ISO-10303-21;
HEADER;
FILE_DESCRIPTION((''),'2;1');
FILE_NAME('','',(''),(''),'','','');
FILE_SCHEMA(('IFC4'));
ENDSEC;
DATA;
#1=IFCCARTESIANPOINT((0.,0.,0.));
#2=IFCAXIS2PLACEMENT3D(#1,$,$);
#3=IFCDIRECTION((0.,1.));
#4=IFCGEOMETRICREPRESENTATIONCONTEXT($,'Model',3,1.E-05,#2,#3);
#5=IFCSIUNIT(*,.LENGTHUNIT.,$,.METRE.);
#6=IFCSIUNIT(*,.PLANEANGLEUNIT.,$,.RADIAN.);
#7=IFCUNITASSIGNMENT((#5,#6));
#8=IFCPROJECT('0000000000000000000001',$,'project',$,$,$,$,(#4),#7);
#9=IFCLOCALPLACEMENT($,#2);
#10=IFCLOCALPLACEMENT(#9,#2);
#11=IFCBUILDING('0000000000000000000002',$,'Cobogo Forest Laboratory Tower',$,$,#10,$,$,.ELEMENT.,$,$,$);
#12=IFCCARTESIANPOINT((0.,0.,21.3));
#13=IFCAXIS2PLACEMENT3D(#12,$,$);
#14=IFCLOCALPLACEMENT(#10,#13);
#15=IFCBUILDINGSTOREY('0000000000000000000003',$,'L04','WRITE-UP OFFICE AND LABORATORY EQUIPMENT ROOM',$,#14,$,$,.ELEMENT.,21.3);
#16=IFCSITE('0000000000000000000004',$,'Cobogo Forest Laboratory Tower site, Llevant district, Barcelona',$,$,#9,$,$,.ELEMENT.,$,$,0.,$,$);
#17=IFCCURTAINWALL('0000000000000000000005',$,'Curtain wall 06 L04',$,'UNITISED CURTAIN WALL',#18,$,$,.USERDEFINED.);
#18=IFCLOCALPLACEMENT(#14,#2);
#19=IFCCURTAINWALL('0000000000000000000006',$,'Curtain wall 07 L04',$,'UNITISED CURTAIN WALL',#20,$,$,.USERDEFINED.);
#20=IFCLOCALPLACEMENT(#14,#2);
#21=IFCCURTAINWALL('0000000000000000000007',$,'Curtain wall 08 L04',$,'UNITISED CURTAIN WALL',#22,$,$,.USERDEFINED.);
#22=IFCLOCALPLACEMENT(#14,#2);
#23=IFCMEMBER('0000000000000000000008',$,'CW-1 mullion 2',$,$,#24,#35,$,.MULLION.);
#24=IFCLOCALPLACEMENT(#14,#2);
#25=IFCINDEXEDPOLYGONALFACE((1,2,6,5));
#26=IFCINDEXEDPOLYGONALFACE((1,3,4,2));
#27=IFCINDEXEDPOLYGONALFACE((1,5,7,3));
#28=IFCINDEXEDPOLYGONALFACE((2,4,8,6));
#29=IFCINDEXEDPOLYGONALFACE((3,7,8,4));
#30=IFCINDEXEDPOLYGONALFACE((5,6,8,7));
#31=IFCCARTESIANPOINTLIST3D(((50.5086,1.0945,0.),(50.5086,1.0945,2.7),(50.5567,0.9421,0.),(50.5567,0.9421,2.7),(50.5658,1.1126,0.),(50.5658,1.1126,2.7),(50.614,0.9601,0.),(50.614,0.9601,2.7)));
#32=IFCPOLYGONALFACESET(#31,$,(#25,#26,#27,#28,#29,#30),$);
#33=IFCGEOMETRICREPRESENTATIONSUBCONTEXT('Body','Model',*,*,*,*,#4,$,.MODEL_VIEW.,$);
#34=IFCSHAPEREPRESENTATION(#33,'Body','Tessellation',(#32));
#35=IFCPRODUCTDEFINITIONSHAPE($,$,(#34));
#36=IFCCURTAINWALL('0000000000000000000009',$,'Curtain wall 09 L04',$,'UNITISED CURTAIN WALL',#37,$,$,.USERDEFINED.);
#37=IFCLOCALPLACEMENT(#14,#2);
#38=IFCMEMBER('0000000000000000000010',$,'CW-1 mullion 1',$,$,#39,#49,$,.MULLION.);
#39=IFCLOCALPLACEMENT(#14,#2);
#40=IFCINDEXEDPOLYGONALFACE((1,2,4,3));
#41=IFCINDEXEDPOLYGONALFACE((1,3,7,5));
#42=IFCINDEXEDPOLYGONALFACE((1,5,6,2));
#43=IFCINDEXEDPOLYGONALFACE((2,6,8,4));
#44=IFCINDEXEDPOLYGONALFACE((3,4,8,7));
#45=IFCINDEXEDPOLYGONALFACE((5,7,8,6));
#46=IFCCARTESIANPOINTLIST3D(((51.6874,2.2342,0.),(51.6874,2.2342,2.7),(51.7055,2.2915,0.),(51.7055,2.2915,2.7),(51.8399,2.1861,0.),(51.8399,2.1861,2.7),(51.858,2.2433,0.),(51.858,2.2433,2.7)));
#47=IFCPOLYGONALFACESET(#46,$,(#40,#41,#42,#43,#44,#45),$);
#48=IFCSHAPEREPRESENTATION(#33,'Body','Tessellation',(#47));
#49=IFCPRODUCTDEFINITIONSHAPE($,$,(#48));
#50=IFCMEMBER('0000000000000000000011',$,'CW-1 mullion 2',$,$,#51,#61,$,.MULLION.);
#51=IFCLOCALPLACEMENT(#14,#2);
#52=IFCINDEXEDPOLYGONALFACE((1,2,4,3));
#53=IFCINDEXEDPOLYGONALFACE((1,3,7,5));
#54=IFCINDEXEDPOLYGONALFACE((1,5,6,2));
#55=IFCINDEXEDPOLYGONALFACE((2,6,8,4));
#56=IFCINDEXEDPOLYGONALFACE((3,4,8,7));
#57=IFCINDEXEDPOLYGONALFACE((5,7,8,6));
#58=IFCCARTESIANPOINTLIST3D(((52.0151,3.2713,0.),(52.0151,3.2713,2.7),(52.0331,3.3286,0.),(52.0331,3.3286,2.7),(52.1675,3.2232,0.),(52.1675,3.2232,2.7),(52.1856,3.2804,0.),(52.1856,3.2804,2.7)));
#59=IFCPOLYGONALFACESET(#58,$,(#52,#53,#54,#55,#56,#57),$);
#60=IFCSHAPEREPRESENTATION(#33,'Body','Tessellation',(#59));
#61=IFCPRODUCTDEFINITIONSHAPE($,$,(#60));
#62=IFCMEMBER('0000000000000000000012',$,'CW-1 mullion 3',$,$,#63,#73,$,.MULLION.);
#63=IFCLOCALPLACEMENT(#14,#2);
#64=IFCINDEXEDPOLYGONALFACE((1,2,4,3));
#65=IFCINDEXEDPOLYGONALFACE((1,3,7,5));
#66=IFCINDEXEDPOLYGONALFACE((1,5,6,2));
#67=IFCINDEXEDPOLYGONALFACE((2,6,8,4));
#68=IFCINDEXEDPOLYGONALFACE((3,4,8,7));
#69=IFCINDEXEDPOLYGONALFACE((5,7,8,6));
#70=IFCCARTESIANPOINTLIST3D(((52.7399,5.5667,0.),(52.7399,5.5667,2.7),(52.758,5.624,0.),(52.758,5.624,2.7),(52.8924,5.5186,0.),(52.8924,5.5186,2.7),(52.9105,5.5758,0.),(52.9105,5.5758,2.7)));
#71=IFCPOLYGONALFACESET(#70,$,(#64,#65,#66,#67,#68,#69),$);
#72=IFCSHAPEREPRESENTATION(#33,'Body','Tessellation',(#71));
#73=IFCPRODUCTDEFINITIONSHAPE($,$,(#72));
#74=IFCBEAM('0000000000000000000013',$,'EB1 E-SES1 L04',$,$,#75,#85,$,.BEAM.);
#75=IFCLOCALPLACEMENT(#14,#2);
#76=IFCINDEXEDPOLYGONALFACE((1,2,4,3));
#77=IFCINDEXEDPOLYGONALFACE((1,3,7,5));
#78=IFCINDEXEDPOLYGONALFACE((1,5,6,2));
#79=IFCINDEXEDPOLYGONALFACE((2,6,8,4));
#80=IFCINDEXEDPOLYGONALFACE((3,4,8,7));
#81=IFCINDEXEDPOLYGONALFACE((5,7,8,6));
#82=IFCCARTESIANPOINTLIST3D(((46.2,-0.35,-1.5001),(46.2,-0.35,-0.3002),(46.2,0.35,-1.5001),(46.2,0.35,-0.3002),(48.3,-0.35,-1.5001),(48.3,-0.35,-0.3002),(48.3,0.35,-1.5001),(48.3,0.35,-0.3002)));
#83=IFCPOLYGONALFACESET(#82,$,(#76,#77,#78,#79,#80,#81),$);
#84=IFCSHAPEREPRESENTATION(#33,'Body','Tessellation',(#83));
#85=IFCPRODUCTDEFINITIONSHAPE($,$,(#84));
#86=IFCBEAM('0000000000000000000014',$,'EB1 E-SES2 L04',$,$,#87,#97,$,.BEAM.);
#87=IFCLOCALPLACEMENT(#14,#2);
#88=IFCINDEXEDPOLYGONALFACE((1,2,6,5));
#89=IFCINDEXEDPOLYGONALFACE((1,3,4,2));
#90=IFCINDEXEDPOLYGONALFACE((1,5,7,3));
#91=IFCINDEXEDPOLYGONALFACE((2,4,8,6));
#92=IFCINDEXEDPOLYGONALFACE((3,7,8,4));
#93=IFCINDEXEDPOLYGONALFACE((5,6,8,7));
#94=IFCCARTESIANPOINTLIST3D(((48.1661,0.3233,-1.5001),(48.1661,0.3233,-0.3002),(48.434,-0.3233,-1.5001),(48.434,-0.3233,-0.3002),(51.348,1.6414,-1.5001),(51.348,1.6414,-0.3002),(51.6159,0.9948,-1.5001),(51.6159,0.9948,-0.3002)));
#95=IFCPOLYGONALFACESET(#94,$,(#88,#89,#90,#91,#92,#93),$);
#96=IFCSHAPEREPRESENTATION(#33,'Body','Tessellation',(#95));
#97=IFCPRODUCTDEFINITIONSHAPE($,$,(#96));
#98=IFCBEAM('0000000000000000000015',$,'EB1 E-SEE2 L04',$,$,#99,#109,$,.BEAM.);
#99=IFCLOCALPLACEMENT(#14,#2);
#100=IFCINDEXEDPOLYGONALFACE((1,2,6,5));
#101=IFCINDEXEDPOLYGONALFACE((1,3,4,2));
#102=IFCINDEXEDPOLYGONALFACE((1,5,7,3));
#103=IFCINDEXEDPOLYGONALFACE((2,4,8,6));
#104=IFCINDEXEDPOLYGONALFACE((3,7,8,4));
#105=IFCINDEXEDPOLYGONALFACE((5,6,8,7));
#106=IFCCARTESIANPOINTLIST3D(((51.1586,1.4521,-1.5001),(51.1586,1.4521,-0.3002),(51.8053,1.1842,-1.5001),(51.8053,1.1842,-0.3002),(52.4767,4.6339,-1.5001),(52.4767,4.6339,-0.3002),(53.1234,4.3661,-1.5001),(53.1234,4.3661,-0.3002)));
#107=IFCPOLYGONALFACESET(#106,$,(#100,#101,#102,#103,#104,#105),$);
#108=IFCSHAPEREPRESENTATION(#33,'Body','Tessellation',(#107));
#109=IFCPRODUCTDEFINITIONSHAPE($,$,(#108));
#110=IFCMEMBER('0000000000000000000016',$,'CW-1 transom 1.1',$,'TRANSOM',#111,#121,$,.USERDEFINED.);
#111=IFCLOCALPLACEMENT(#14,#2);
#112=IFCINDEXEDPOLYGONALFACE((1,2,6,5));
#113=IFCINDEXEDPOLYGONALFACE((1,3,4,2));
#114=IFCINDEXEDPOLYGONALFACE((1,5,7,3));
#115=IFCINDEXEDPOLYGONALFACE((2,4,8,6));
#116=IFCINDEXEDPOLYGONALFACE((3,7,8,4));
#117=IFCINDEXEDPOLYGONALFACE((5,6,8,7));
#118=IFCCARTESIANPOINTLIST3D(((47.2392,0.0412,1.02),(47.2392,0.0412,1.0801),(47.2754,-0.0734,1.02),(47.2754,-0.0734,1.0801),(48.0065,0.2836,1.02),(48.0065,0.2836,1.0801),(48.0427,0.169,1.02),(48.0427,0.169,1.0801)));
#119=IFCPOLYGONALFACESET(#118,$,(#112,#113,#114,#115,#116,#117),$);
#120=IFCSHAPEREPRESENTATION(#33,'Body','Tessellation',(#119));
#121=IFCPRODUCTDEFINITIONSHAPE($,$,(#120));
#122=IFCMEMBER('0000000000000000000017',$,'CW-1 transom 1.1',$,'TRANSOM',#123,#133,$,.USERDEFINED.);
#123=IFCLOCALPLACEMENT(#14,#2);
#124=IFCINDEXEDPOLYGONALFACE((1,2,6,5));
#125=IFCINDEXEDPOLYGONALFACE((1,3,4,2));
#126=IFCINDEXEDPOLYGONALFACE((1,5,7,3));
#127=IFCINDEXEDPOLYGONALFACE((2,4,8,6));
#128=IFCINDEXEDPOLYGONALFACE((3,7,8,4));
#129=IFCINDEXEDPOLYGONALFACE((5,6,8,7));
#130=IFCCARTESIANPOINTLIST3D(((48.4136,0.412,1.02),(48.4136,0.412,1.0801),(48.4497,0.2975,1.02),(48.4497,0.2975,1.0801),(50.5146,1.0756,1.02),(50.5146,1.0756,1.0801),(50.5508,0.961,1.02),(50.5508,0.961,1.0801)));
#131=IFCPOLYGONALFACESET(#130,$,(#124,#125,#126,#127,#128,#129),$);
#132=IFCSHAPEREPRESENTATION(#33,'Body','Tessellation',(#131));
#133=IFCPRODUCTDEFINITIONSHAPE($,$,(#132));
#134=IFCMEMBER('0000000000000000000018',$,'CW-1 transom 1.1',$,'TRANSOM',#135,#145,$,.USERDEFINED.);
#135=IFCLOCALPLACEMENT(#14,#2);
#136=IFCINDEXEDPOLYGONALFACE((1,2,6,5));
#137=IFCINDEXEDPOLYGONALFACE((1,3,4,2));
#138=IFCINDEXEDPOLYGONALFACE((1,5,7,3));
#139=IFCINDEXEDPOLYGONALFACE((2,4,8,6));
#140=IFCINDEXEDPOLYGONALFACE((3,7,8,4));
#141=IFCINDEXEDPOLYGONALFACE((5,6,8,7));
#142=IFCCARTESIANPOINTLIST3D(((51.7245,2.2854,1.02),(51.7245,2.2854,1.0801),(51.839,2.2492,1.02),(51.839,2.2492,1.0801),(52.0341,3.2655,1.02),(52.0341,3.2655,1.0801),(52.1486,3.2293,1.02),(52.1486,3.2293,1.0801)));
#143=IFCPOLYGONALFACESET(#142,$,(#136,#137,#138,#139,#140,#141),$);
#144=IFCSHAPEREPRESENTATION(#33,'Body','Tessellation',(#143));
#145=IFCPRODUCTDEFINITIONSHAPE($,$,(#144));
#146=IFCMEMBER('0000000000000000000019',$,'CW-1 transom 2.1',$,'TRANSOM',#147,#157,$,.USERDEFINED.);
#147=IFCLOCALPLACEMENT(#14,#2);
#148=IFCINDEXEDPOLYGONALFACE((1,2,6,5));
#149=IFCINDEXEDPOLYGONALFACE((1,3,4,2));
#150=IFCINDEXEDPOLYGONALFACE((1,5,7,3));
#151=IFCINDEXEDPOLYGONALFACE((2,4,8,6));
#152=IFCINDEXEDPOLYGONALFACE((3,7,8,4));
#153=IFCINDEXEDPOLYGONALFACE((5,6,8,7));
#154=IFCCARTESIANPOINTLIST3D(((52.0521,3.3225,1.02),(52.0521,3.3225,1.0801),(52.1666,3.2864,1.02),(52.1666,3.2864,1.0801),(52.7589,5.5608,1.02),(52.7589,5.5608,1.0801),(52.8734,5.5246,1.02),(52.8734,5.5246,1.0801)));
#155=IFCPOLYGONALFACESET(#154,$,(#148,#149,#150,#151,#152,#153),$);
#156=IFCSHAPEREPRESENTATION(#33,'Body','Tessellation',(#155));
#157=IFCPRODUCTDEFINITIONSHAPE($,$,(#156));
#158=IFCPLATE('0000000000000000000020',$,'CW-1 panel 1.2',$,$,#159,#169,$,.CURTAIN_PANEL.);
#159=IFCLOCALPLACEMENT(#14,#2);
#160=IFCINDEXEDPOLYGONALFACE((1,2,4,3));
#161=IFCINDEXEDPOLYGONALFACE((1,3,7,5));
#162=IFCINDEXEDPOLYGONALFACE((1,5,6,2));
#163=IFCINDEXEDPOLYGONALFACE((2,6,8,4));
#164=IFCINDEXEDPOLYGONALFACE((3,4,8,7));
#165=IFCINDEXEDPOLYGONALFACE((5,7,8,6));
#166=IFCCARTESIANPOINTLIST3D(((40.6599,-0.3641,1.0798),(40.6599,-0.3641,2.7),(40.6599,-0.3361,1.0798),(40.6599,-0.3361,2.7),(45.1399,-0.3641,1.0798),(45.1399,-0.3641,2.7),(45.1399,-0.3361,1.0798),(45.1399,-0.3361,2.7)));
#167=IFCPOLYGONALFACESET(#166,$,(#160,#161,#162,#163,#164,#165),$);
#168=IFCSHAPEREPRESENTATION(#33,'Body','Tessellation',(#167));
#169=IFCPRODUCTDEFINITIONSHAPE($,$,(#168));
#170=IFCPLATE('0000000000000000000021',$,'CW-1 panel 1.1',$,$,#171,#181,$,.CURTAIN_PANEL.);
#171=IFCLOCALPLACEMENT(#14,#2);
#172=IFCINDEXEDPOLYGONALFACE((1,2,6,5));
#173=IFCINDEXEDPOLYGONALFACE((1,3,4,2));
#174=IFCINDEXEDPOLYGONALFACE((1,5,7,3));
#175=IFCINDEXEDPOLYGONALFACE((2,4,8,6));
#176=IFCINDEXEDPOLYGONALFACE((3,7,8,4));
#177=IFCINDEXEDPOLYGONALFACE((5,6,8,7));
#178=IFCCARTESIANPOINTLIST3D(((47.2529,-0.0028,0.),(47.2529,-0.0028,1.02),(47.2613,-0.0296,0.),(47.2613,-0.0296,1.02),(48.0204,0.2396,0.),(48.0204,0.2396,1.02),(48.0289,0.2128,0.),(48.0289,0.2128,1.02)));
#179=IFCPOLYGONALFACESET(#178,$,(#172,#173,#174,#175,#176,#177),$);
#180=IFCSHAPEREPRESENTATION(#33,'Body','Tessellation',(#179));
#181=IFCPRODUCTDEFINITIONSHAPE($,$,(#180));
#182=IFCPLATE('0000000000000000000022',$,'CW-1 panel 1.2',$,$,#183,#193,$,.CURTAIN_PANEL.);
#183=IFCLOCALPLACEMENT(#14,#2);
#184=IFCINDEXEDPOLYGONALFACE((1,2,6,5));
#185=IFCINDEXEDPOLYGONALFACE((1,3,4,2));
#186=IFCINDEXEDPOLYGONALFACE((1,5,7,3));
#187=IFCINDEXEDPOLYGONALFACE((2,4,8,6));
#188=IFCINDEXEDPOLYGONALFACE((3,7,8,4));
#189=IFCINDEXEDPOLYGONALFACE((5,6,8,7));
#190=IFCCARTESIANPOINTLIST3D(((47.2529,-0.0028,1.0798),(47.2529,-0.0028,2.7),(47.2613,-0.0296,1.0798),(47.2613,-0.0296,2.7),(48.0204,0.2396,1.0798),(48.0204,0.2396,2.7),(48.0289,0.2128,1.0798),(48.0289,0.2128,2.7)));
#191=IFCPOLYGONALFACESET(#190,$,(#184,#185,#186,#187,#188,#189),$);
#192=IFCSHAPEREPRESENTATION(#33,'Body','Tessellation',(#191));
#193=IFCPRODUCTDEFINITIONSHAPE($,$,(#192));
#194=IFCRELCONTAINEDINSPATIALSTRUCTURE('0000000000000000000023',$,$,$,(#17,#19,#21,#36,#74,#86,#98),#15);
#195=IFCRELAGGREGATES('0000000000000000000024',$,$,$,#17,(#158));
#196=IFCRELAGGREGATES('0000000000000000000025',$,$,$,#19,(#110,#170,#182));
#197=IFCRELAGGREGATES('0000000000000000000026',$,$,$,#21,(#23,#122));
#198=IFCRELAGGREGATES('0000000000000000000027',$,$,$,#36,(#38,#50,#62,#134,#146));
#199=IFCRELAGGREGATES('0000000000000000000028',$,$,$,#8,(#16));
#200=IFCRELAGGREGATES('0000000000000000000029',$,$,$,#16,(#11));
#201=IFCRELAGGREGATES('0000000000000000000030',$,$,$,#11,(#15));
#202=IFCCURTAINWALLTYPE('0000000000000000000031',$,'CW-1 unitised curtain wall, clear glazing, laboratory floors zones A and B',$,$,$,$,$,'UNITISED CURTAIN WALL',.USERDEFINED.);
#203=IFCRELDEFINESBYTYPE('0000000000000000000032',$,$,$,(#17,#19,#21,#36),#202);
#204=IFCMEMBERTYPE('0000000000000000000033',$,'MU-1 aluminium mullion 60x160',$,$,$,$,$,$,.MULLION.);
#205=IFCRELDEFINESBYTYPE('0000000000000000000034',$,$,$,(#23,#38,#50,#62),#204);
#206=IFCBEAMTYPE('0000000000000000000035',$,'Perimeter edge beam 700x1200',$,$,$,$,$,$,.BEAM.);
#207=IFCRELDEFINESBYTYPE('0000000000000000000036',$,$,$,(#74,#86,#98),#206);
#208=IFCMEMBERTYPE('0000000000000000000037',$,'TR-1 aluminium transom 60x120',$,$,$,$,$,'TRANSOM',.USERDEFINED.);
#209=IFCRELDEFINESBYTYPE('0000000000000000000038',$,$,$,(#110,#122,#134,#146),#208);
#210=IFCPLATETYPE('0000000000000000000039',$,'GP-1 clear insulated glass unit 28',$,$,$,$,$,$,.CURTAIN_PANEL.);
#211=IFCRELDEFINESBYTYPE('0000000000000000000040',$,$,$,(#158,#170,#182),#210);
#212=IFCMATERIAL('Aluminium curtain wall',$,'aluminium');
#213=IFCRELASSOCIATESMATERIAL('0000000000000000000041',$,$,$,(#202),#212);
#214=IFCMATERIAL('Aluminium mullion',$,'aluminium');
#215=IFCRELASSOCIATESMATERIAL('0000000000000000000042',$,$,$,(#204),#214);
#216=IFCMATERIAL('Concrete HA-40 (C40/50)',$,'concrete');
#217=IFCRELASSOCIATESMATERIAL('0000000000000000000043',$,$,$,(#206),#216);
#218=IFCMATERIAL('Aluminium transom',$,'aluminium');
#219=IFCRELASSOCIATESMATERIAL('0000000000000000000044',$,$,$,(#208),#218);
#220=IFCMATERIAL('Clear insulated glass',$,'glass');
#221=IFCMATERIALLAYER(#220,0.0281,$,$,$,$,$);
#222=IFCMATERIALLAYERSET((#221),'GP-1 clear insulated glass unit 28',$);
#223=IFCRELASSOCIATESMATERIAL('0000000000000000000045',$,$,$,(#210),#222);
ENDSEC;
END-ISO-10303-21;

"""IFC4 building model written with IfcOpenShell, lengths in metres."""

from ifc_helpers import new_model, si_unit, direction, frame, origin, origin_2d, place, context, subcontext, project, spatial, rectangle, extrude, material, layer, layer_set, material_profile, profile_set, type_object, element, aggregate, save


model = new_model("IFC4")

# Units and contexts
model_context = context("Model", 3, precision=1e-05, world=origin(), true_north=direction((0.0, 1.0)))
body_context = subcontext(model_context, "Body", "Model", "MODEL_VIEW")
ifc_project = project(units=[si_unit("LENGTHUNIT", "METRE"), si_unit("PLANEANGLEUNIT", "RADIAN")], contexts=[model_context])

# Site, building, storey
site_placement = place(None, origin())
site = spatial("IfcSite", under=ifc_project, at=site_placement, Name="Cobogo Forest Laboratory Tower site, Llevant district, Barcelona", CompositionType="ELEMENT", RefElevation=0.0)
building_placement = place(site_placement, origin())
building = spatial("IfcBuilding", under=site, at=building_placement, Name="Cobogo Forest Laboratory Tower", CompositionType="ELEMENT")
storey_placement = place(building_placement, frame((0.0, 0.0, 21.3)))
storey = spatial("IfcBuildingStorey", under=building, at=storey_placement, Name="L04", Description="WRITE-UP OFFICE AND LABORATORY EQUIPMENT ROOM", CompositionType="ELEMENT", Elevation=21.3)

# Shared definitions
ifc_material_1 = material(Name="Concrete HA-40 (C40/50)", Category="concrete")

# Curtain wall
ifc_material_2 = material(Name="Aluminium curtain wall", Category="aluminium")
curtain_wall_type = type_object("IfcCurtainWallType", Name="CW-1 unitised curtain wall, clear glazing, laboratory floors zones A and B", ElementType="UNITISED CURTAIN WALL", PredefinedType="USERDEFINED", material=ifc_material_2)
curtain_wall_1_placement = place(storey_placement, origin())
curtain_wall_1 = element("IfcCurtainWall", 1, at=curtain_wall_1_placement, inside=storey, type_object=curtain_wall_type, Name="Curtain wall 06 L04", ObjectType="UNITISED CURTAIN WALL", PredefinedType="USERDEFINED")
ifc_material_3 = material(Name="Aluminium mullion", Category="aluminium")
ifc_material_profile_1 = material_profile(ifc_material_3, rectangle(XDim=0.0601, YDim=0.1599, at=origin_2d()), Name="AL 60x160")
ifc_profile_set_1 = profile_set([ifc_material_profile_1], Name="Aluminium mullion")
member_type_1 = type_object("IfcMemberType", Name="MU-1 aluminium mullion 60x160", PredefinedType="MULLION", material=ifc_profile_set_1)

# Curtain walls, members
curtain_wall_2_placement = place(storey_placement, origin())
curtain_wall_2 = element("IfcCurtainWall", 2, at=curtain_wall_2_placement, inside=storey, type_object=curtain_wall_type, Name="Curtain wall 07 L04", ObjectType="UNITISED CURTAIN WALL", PredefinedType="USERDEFINED")
curtain_wall_3_placement = place(storey_placement, origin())
curtain_wall_3 = element("IfcCurtainWall", 3, at=curtain_wall_3_placement, inside=storey, type_object=curtain_wall_type, Name="Curtain wall 08 L04", ObjectType="UNITISED CURTAIN WALL", PredefinedType="USERDEFINED")
member_1_placement = place(storey_placement, frame((50.5613, 1.0273, 0.0), z_axis=(0.0, 0.0, 1.0), x_axis=(0.953581, 0.301135, 0.0)))
member_1 = element("IfcMember", 4, at=member_1_placement, type_object=member_type_1, Name="CW-1 mullion 2", PredefinedType="MULLION", context=body_context, shape_type="SweptSolid", body=[
    extrude(rectangle(XDim=0.0601, YDim=0.1599, at=origin_2d()), origin(), (0.0, 0.0, 1.0), 2.7),
])
curtain_wall_4_placement = place(storey_placement, origin())
curtain_wall_4 = element("IfcCurtainWall", 5, at=curtain_wall_4_placement, inside=storey, type_object=curtain_wall_type, Name="Curtain wall 09 L04", ObjectType="UNITISED CURTAIN WALL", PredefinedType="USERDEFINED")
member_2_placement = place(storey_placement, frame((51.7727, 2.2388, 0.0), z_axis=(0.0, 0.0, 1.0), x_axis=(0.301135, 0.953581, 0.0)))
member_2 = element("IfcMember", 6, at=member_2_placement, type_object=member_type_1, Name="CW-1 mullion 1", PredefinedType="MULLION", context=body_context, shape_type="SweptSolid", body=[
    extrude(rectangle(XDim=0.0601, YDim=0.1599, at=origin_2d()), origin(), (0.0, 0.0, 1.0), 2.7),
])
member_3_placement = place(storey_placement, frame((52.1003, 3.2759, 0.0), z_axis=(0.0, 0.0, 1.0), x_axis=(0.301135, 0.953581, 0.0)))
member_3 = element("IfcMember", 7, at=member_3_placement, type_object=member_type_1, Name="CW-1 mullion 2", PredefinedType="MULLION", context=body_context, shape_type="SweptSolid", body=[
    extrude(rectangle(XDim=0.0601, YDim=0.1599, at=origin_2d()), origin(), (0.0, 0.0, 1.0), 2.7),
])
member_4_placement = place(storey_placement, frame((52.8252, 5.5713, 0.0), z_axis=(0.0, 0.0, 1.0), x_axis=(0.301135, 0.953581, 0.0)))
member_4 = element("IfcMember", 8, at=member_4_placement, type_object=member_type_1, Name="CW-1 mullion 3", PredefinedType="MULLION", context=body_context, shape_type="SweptSolid", body=[
    extrude(rectangle(XDim=0.0601, YDim=0.1599, at=origin_2d()), origin(), (0.0, 0.0, 1.0), 2.7),
])

# Beams
ifc_material_profile_2 = material_profile(ifc_material_1, rectangle(XDim=0.7, YDim=1.2, at=origin_2d()), Name="RC 700x1200")
ifc_profile_set_2 = profile_set([ifc_material_profile_2], Name="Concrete HA-40 (C40/50)")
beam_type_1 = type_object("IfcBeamType", Name="Perimeter edge beam 700x1200", PredefinedType="BEAM", material=ifc_profile_set_2)
beam_1_placement = place(storey_placement, frame((46.2, 0.0, -0.9001), z_axis=(1.0, 0.0, 0.0), x_axis=(0.0, 1.0, 0.0)))
element("IfcBeam", 9, at=beam_1_placement, inside=storey, type_object=beam_type_1, Name="EB1 E-SES1 L04", PredefinedType="BEAM", context=body_context, shape_type="SweptSolid", body=[
    extrude(rectangle(XDim=0.7, YDim=1.2, at=origin_2d()), origin(), (0.0, 0.0, 1.0), 2.1001),
])
for number, where, z_axis, x_axis, name in (
    (10, (48.3, 0.0, -0.9001), (0.923866, 0.382717, 0.0), (-0.382717, 0.923866, 0.0), "EB1 E-SES2 L04"),
    (11, (52.8, 4.5, -0.9001), (-0.382717, -0.923866, 0.0), (0.923866, -0.382717, 0.0), "EB1 E-SEE2 L04"),
):
    element("IfcBeam", number, at=place(storey_placement, frame(where, z_axis=z_axis, x_axis=x_axis)), inside=storey, type_object=beam_type_1, Name=name, PredefinedType="BEAM", context=body_context, shape_type="SweptSolid", body=[
        extrude(rectangle(XDim=0.7, YDim=1.2, at=origin_2d()), origin(), (0.0, 0.0, 1.0), 3.4441),
    ])

# Members
ifc_material_4 = material(Name="Aluminium transom", Category="aluminium")
ifc_material_profile_3 = material_profile(ifc_material_4, rectangle(XDim=0.1201, YDim=0.0601, at=origin_2d()), Name="AL 60x120")
ifc_profile_set_3 = profile_set([ifc_material_profile_3], Name="Aluminium transom")
member_type_2 = type_object("IfcMemberType", Name="TR-1 aluminium transom 60x120", ElementType="TRANSOM", PredefinedType="USERDEFINED", material=ifc_profile_set_3)
member_5_placement = place(storey_placement, frame((47.2573, -0.0161, 1.05), z_axis=(0.953541, 0.301262, 0.0), x_axis=(-0.301262, 0.953541, 0.0)))
member_5 = element("IfcMember", 12, at=member_5_placement, type_object=member_type_2, Name="CW-1 transom 1.1", ObjectType="TRANSOM", PredefinedType="USERDEFINED", context=body_context, shape_type="SweptSolid", body=[
    extrude(rectangle(XDim=0.1201, YDim=0.0601, at=origin_2d()), origin(), (0.0, 0.0, 1.0), 0.8047),
])
member_6_placement = place(storey_placement, frame((48.4316, 0.3547, 1.05), z_axis=(0.953573, 0.301163, 0.0), x_axis=(-0.301163, 0.953573, 0.0)))
member_6 = element("IfcMember", 13, at=member_6_placement, type_object=member_type_2, Name="CW-1 transom 1.1", ObjectType="TRANSOM", PredefinedType="USERDEFINED", context=body_context, shape_type="SweptSolid", body=[
    extrude(rectangle(XDim=0.1201, YDim=0.0601, at=origin_2d()), origin(), (0.0, 0.0, 1.0), 2.2034),
])
member_7_placement = place(storey_placement, frame((51.7817, 2.2673, 1.05), z_axis=(0.301222, 0.953554, 0.0), x_axis=(-0.953554, 0.301222, 0.0)))
member_7 = element("IfcMember", 14, at=member_7_placement, type_object=member_type_2, Name="CW-1 transom 1.1", ObjectType="TRANSOM", PredefinedType="USERDEFINED", context=body_context, shape_type="SweptSolid", body=[
    extrude(rectangle(XDim=0.1201, YDim=0.0601, at=origin_2d()), origin(), (0.0, 0.0, 1.0), 1.0278),
])
member_8_placement = place(storey_placement, frame((52.1094, 3.3044, 1.05), z_axis=(0.301116, 0.953587, 0.0), x_axis=(-0.953587, 0.301116, 0.0)))
member_8 = element("IfcMember", 15, at=member_8_placement, type_object=member_type_2, Name="CW-1 transom 2.1", ObjectType="TRANSOM", PredefinedType="USERDEFINED", context=body_context, shape_type="SweptSolid", body=[
    extrude(rectangle(XDim=0.1201, YDim=0.0601, at=origin_2d()), origin(), (0.0, 0.0, 1.0), 2.3472),
])

# Plates
ifc_material_5 = material(Name="Clear insulated glass", Category="glass")
ifc_layer = layer(ifc_material_5, 0.0281)
ifc_layer_set = layer_set([ifc_layer], Name="GP-1 clear insulated glass unit 28")
plate_type = type_object("IfcPlateType", Name="GP-1 clear insulated glass unit 28", PredefinedType="CURTAIN_PANEL", material=ifc_layer_set)
plate_1_placement = place(storey_placement, frame((42.8999, -0.3501, 1.0798), z_axis=(0.0, 0.0, 1.0), x_axis=(1.0, 0.0, 0.0)))
plate_1 = element("IfcPlate", 16, at=plate_1_placement, type_object=plate_type, Name="CW-1 panel 1.2", PredefinedType="CURTAIN_PANEL", context=body_context, shape_type="SweptSolid", body=[
    extrude(rectangle(XDim=4.48, YDim=0.0281, at=origin_2d()), origin(), (0.0, 0.0, 1.0), 1.6201),
])
aggregate(curtain_wall_1, [plate_1])
plate_2_placement = place(storey_placement, frame((47.6409, 0.105, 0.0), z_axis=(0.0, 0.0, 1.0), x_axis=(0.953581, 0.301135, 0.0)))
plate_2 = element("IfcPlate", 17, at=plate_2_placement, type_object=plate_type, Name="CW-1 panel 1.1", PredefinedType="CURTAIN_PANEL", context=body_context, shape_type="SweptSolid", body=[
    extrude(rectangle(XDim=0.8049, YDim=0.0281, at=origin_2d()), origin(), (0.0, 0.0, 1.0), 1.02),
])
plate_3_placement = place(storey_placement, frame((47.6409, 0.105, 1.0798), z_axis=(0.0, 0.0, 1.0), x_axis=(0.953581, 0.301135, 0.0)))
plate_3 = element("IfcPlate", 18, at=plate_3_placement, type_object=plate_type, Name="CW-1 panel 1.2", PredefinedType="CURTAIN_PANEL", context=body_context, shape_type="SweptSolid", body=[
    extrude(rectangle(XDim=0.8049, YDim=0.0281, at=origin_2d()), origin(), (0.0, 0.0, 1.0), 1.6201),
])
aggregate(curtain_wall_2, [member_5, plate_2, plate_3])
aggregate(curtain_wall_3, [member_1, member_6])
aggregate(curtain_wall_4, [member_2, member_3, member_4, member_7, member_8])

save(model, "model.ifc")
